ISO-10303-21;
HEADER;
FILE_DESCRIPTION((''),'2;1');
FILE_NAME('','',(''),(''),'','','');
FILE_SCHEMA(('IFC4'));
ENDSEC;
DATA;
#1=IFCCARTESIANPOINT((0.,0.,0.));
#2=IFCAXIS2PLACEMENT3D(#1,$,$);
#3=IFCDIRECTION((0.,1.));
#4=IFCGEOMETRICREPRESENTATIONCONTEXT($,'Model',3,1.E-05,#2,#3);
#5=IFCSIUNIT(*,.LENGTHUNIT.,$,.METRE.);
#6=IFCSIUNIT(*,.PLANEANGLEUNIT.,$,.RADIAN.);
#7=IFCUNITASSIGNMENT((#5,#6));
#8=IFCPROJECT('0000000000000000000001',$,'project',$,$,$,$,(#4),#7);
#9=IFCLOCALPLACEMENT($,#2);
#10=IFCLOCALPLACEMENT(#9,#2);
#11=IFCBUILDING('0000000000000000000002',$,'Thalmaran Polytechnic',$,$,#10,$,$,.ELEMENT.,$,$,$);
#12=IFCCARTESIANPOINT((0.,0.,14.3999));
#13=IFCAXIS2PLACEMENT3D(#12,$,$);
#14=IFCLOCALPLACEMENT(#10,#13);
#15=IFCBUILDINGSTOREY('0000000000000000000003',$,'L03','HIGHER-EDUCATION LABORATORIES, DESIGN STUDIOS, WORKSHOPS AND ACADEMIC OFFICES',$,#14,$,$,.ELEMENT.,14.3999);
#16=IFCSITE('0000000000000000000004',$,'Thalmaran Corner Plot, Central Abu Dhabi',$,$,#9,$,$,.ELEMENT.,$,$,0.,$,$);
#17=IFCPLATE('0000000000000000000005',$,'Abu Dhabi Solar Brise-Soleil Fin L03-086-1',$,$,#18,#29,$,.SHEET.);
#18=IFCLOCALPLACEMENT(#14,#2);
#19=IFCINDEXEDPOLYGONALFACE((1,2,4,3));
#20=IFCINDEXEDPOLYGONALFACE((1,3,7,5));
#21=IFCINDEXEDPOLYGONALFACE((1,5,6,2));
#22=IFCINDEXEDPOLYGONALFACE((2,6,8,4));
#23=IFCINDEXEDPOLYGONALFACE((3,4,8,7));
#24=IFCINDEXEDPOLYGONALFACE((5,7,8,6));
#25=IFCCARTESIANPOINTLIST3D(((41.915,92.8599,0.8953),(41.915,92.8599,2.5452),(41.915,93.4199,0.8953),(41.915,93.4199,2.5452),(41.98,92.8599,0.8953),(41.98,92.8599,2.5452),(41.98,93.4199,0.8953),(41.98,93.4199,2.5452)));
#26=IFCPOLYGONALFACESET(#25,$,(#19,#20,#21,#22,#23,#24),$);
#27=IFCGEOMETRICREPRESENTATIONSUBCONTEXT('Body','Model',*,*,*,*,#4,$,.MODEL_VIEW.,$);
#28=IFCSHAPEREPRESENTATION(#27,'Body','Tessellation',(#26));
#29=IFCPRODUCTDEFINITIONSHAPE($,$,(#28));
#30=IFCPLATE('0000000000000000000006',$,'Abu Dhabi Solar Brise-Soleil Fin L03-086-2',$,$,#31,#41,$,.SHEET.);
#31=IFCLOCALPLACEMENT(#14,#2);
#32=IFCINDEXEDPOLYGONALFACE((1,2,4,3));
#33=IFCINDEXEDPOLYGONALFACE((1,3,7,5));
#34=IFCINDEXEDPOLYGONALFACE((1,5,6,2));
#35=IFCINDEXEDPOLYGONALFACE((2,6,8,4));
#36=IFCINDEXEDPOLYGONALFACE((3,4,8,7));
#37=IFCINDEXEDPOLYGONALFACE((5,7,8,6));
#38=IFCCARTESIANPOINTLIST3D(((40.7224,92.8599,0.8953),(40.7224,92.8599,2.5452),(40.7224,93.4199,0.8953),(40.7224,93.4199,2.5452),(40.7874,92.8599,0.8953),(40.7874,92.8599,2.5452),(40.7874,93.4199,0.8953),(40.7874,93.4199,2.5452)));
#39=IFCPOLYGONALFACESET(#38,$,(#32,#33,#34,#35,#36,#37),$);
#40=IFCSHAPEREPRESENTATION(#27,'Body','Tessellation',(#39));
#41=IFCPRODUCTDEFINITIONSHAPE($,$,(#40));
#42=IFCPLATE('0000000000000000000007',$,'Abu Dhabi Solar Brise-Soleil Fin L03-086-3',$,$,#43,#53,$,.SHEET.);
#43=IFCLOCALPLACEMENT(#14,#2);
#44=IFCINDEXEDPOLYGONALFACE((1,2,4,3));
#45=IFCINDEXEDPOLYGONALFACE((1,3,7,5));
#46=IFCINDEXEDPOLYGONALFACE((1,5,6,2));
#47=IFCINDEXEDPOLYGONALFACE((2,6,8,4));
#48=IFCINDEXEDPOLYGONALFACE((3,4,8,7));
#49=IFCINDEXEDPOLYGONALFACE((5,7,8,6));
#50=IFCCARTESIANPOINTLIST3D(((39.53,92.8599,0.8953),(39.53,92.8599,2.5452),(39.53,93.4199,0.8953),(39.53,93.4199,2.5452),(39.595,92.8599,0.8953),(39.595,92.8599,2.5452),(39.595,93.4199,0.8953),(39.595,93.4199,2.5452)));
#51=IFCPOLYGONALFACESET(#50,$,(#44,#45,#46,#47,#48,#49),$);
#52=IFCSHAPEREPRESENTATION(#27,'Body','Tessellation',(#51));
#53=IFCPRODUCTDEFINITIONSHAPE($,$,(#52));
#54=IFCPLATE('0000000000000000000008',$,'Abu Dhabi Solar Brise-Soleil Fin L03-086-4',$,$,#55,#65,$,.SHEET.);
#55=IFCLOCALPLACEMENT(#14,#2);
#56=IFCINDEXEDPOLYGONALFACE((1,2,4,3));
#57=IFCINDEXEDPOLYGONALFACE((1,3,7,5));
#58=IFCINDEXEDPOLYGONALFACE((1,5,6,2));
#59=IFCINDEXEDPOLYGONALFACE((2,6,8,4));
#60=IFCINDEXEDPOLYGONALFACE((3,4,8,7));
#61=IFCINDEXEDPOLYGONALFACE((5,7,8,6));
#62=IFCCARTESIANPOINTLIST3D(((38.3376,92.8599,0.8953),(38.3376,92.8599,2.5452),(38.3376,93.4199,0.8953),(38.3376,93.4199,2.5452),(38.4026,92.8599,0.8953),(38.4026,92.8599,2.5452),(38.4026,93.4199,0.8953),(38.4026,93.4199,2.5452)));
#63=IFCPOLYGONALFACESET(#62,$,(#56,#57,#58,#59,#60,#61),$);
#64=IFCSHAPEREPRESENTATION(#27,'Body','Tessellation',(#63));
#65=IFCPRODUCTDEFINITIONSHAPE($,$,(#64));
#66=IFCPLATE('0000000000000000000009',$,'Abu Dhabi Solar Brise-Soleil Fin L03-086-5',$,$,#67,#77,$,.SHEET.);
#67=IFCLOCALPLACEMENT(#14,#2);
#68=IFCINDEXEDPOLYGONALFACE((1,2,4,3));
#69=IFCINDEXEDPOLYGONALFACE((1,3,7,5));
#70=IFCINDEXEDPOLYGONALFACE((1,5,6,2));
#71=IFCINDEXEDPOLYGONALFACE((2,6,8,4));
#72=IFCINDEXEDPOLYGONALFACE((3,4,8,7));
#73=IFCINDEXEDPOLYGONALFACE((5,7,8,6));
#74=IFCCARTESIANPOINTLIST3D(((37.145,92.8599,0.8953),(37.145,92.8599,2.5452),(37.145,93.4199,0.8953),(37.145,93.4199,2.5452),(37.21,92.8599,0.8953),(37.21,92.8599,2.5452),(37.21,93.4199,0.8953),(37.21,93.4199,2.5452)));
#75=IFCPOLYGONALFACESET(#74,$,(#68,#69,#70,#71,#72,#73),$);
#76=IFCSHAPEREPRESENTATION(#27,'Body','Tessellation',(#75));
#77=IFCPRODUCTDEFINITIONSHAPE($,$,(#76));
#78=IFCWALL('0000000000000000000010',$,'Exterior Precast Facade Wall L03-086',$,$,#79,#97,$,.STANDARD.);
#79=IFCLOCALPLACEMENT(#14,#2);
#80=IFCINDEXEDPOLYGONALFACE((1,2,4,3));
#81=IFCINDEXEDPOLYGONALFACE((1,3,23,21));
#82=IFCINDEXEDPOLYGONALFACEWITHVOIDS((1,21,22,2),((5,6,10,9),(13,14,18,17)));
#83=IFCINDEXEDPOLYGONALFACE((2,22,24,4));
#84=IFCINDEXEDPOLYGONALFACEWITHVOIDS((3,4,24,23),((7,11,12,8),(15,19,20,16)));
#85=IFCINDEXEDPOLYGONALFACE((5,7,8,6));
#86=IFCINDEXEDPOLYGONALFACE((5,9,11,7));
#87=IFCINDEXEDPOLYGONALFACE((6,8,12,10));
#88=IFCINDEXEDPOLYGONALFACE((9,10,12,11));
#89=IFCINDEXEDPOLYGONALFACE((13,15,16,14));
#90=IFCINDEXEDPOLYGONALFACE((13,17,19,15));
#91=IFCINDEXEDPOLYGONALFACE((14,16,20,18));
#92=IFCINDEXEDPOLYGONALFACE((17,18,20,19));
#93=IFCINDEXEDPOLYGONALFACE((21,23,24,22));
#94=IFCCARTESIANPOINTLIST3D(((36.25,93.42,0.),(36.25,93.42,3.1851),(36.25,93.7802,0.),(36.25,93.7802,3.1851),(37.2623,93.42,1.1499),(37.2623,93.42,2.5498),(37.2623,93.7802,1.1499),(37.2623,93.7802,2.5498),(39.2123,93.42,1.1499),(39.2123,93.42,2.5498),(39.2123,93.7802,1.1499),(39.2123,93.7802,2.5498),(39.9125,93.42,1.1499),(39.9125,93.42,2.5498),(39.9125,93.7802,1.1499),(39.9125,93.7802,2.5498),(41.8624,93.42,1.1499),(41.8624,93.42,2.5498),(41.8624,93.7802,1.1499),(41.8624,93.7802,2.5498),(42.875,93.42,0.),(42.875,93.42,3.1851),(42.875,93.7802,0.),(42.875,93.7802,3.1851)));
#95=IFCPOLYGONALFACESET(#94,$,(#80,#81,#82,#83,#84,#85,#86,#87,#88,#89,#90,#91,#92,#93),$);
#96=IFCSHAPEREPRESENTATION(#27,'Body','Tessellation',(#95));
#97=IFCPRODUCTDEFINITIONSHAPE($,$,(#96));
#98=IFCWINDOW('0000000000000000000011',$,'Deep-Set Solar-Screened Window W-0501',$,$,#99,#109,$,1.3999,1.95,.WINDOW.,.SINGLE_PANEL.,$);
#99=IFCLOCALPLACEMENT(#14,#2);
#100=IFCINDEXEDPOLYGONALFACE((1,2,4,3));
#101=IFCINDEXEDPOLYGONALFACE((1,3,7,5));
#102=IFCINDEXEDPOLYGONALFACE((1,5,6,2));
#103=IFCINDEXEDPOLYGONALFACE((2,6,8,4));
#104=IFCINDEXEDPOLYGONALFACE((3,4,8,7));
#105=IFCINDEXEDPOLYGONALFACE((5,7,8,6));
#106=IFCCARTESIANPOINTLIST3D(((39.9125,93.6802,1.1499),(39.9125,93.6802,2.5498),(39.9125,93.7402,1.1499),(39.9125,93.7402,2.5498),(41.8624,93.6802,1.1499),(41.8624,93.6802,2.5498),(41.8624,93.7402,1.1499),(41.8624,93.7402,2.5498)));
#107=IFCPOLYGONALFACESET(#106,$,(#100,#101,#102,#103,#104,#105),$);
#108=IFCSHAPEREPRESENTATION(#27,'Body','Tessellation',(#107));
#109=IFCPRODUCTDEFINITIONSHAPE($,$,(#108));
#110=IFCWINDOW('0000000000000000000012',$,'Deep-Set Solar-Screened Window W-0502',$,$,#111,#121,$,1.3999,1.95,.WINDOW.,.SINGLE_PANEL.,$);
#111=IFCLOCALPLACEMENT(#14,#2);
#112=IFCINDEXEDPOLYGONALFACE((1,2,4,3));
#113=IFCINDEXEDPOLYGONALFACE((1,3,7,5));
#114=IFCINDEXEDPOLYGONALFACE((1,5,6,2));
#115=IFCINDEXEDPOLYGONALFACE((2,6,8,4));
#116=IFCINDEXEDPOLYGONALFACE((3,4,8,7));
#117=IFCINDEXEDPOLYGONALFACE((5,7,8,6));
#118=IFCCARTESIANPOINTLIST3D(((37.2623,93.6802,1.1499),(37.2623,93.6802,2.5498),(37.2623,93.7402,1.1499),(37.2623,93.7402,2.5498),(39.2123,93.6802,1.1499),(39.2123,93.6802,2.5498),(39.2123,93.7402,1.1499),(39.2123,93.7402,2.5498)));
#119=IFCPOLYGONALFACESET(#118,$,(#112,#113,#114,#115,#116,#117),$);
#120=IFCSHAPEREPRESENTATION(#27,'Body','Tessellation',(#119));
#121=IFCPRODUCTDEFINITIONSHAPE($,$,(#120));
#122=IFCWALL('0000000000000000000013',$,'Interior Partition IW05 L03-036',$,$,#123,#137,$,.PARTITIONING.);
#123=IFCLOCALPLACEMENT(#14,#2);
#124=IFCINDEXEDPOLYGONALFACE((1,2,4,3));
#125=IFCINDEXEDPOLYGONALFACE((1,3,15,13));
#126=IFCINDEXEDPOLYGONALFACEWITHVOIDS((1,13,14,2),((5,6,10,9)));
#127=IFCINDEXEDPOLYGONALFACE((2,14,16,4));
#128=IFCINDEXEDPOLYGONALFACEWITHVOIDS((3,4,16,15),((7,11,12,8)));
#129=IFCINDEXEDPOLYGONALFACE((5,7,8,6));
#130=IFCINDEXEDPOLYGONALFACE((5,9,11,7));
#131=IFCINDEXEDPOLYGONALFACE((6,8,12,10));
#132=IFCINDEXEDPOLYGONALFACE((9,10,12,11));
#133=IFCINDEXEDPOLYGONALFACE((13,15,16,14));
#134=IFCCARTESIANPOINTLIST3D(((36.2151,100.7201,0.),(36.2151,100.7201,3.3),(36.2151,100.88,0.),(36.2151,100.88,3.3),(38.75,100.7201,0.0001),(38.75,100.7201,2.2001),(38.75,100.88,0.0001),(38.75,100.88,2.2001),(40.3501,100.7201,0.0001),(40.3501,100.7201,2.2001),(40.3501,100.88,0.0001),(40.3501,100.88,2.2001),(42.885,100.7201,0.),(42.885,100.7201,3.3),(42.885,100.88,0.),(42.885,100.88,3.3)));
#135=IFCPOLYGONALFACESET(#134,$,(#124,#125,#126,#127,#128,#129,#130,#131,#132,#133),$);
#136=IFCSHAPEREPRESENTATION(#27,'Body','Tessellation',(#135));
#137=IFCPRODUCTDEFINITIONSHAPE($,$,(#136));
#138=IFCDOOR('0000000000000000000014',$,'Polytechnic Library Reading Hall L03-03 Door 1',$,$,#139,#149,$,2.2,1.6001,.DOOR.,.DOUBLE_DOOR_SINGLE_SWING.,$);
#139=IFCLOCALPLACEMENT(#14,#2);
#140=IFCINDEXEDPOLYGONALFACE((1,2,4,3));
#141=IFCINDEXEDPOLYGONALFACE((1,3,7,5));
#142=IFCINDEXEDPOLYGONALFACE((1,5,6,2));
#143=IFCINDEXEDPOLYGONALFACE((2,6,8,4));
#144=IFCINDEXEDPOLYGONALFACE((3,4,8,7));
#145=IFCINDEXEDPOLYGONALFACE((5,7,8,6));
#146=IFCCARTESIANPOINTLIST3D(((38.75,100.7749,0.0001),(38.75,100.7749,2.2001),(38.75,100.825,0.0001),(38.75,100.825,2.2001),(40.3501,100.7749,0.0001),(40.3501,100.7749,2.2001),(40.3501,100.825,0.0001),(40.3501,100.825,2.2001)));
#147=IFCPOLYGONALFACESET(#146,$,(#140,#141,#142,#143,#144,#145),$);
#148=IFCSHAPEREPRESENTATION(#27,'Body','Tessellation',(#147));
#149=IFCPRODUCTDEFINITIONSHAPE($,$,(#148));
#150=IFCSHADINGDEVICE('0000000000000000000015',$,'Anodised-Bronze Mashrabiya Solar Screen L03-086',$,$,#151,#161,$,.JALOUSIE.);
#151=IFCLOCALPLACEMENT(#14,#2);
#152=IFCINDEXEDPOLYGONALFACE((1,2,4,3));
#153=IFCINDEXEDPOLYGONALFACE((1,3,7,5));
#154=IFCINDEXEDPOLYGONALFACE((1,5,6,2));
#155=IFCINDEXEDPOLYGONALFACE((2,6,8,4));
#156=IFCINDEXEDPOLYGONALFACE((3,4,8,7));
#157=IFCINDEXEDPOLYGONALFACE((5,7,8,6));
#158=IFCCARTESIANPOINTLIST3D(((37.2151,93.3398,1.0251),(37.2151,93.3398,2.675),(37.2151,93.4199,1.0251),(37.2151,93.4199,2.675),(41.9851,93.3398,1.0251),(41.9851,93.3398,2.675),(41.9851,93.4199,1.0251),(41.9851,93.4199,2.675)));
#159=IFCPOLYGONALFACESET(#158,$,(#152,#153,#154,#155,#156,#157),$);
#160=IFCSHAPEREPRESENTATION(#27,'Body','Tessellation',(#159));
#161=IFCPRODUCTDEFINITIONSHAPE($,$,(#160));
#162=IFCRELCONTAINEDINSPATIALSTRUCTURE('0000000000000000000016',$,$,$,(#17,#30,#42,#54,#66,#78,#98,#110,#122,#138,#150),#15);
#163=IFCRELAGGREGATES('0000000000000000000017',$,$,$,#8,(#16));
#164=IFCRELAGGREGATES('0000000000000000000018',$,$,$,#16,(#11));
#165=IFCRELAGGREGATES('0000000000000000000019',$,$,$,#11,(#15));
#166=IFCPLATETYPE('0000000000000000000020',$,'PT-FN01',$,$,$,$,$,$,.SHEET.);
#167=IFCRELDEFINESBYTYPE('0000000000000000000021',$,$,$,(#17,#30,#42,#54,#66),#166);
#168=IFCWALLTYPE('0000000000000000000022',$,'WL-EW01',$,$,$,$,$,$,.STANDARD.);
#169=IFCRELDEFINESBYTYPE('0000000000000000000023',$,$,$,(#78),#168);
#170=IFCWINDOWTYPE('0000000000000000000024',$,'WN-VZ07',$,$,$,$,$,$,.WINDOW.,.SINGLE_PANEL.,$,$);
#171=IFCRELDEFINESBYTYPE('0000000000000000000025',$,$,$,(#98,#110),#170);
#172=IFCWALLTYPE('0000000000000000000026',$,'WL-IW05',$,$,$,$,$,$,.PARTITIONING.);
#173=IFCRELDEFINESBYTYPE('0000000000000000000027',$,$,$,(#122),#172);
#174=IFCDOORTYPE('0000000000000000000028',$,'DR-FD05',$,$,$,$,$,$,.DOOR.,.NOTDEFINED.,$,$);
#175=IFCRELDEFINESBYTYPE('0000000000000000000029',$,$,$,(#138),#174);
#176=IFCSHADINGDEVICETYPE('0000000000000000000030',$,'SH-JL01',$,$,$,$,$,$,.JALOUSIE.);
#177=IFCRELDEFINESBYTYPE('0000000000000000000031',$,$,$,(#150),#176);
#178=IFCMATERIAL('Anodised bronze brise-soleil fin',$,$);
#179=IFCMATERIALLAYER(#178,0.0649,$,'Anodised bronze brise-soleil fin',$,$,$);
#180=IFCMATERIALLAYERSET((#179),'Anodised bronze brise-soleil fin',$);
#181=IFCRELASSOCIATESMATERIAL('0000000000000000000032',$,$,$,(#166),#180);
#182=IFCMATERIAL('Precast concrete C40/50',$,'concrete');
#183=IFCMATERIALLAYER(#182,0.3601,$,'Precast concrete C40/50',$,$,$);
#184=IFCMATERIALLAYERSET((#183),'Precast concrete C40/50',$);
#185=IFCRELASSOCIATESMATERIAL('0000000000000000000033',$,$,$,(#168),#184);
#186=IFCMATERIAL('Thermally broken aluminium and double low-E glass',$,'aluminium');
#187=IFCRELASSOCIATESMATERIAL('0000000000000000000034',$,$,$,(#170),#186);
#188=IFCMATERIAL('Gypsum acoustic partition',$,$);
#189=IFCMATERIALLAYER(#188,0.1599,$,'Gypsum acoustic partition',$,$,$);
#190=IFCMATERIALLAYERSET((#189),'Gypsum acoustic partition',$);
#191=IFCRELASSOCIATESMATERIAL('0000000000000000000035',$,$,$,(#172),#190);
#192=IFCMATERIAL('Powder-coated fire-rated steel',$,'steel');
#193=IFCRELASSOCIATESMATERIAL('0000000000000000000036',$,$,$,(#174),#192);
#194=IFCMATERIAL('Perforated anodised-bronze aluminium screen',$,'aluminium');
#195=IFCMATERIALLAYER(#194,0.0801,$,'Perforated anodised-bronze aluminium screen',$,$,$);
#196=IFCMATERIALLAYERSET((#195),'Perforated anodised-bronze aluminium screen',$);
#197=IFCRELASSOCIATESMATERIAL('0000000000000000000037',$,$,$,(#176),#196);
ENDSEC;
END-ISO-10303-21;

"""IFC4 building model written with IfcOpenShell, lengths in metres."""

from ifc_helpers import new_model, si_unit, direction, frame, frame_2d, origin, origin_2d, place, context, subcontext, project, spatial, rectangle, extrude, material, layer, layer_set, type_object, element, fill, save


model = new_model("IFC4")

# Units and contexts
model_context = context("Model", 3, precision=1e-05, world=origin(), true_north=direction((0.0, 1.0)))
body_context = subcontext(model_context, "Body", "Model", "MODEL_VIEW")
ifc_project = project(units=[si_unit("LENGTHUNIT", "METRE"), si_unit("PLANEANGLEUNIT", "RADIAN")], contexts=[model_context])

# Site, building, storey
site_placement = place(None, origin())
site = spatial("IfcSite", under=ifc_project, at=site_placement, Name="Thalmaran Corner Plot, Central Abu Dhabi", CompositionType="ELEMENT", RefElevation=0.0)
building_placement = place(site_placement, origin())
building = spatial("IfcBuilding", under=site, at=building_placement, Name="Thalmaran Polytechnic", CompositionType="ELEMENT")
storey_placement = place(building_placement, frame((0.0, 0.0, 14.3999)))
storey = spatial("IfcBuildingStorey", under=building, at=storey_placement, Name="L03", Description="HIGHER-EDUCATION LABORATORIES, DESIGN STUDIOS, WORKSHOPS AND ACADEMIC OFFICES", CompositionType="ELEMENT", Elevation=14.3999)

# Plates
ifc_material_1 = material(Name="Anodised bronze brise-soleil fin")
ifc_layer_1 = layer(ifc_material_1, 0.0649, Name="Anodised bronze brise-soleil fin")
ifc_layer_set_1 = layer_set([ifc_layer_1], Name="Anodised bronze brise-soleil fin")
plate_type_1 = type_object("IfcPlateType", Name="PT-FN01", PredefinedType="SHEET", material=ifc_layer_set_1)
for number, where, z_axis, x_axis, name in (
    (1, (41.9475, 93.1399, 0.8953), (0.0, 0.0, 1.0), (-1.0, 0.0, 0.0), "Abu Dhabi Solar Brise-Soleil Fin L03-086-1"),
    (2, (40.7549, 93.1399, 0.8953), (0.0, 0.0, 1.0), (-1.0, 0.0, 0.0), "Abu Dhabi Solar Brise-Soleil Fin L03-086-2"),
    (3, (39.5625, 93.1399, 0.8953), (0.0, 0.0, 1.0), (-1.0, 0.0, 0.0), "Abu Dhabi Solar Brise-Soleil Fin L03-086-3"),
    (4, (38.3701, 93.1399, 0.8953), (0.0, 0.0, 1.0), (-1.0, 0.0, 0.0), "Abu Dhabi Solar Brise-Soleil Fin L03-086-4"),
    (5, (37.1775, 93.1399, 0.8953), (0.0, 0.0, 1.0), (-1.0, 0.0, 0.0), "Abu Dhabi Solar Brise-Soleil Fin L03-086-5"),
):
    element("IfcPlate", number, at=place(storey_placement, frame(where, z_axis=z_axis, x_axis=x_axis)), inside=storey, type_object=plate_type_1, Name=name, PredefinedType="SHEET", context=body_context, shape_type="SweptSolid", body=[
        extrude(rectangle(XDim=0.0649, YDim=0.5601, at=origin_2d()), origin(), (0.0, 0.0, 1.0), 1.6499),
    ])

# Wall, openings, windows
ifc_material_2 = material(Name="Precast concrete C40/50", Category="concrete")
ifc_layer_2 = layer(ifc_material_2, 0.3601, Name="Precast concrete C40/50")
ifc_layer_set_2 = layer_set([ifc_layer_2], Name="Precast concrete C40/50")
wall_type_1 = type_object("IfcWallType", Name="WL-EW01", PredefinedType="STANDARD", material=ifc_layer_set_2)
wall_1_placement = place(storey_placement, frame((42.875, 93.6001, 0.0), z_axis=(0.0, 0.0, 1.0), x_axis=(-1.0, 0.0, 0.0)))
wall_1 = element("IfcWall", 6, at=wall_1_placement, inside=storey, type_object=wall_type_1, Name="Exterior Precast Facade Wall L03-086", PredefinedType="STANDARD", context=body_context, shape_type="SweptSolid", body=[
    extrude(rectangle(XDim=6.625, YDim=0.3601, at=frame_2d((3.3125, 0.0))), origin(), (0.0, 0.0, 1.0), 3.1851),
])
opening_1_placement = place(wall_1_placement, frame((1.0125, 0.0, 1.1499)))
opening_1 = element("IfcOpeningElement", 7, at=opening_1_placement, cuts=wall_1, PredefinedType="OPENING", context=body_context, shape_type="SweptSolid", body=[
    extrude(rectangle(XDim=1.95, YDim=1.3999, at=frame_2d((0.9751, 0.7))), frame((0.0, 0.1899, 0.0), z_axis=(0.0, -1.0, 0.0), x_axis=(1.0, 0.0, 0.0)), (0.0, 0.0, 1.0), 0.3801),
])
opening_2_placement = place(wall_1_placement, frame((3.6626, 0.0, 1.1499)))
opening_2 = element("IfcOpeningElement", 8, at=opening_2_placement, cuts=wall_1, PredefinedType="OPENING", context=body_context, shape_type="SweptSolid", body=[
    extrude(rectangle(XDim=1.95, YDim=1.3999, at=frame_2d((0.9751, 0.7))), frame((0.0, 0.1899, 0.0), z_axis=(0.0, -1.0, 0.0), x_axis=(1.0, 0.0, 0.0)), (0.0, 0.0, 1.0), 0.3801),
])
ifc_material_3 = material(Name="Thermally broken aluminium and double low-E glass", Category="aluminium")
window_type = type_object("IfcWindowType", Name="WN-VZ07", PartitioningType="SINGLE_PANEL", PredefinedType="WINDOW", material=ifc_material_3)
window_1_placement = place(opening_1_placement, origin())
window_1 = element("IfcWindow", 9, at=window_1_placement, inside=storey, type_object=window_type, Name="Deep-Set Solar-Screened Window W-0501", OverallHeight=1.3999, OverallWidth=1.95, PartitioningType="SINGLE_PANEL", PredefinedType="WINDOW", context=body_context, shape_type="SweptSolid", body=[
    extrude(rectangle(XDim=1.95, YDim=1.3999, at=frame_2d((0.9751, 0.7))), frame((0.0, -0.0801, 0.0), z_axis=(0.0, -1.0, 0.0), x_axis=(1.0, 0.0, 0.0)), (0.0, 0.0, 1.0), 0.0601),
])
fill(opening_1, window_1)
window_2_placement = place(opening_2_placement, origin())
window_2 = element("IfcWindow", 10, at=window_2_placement, inside=storey, type_object=window_type, Name="Deep-Set Solar-Screened Window W-0502", OverallHeight=1.3999, OverallWidth=1.95, PartitioningType="SINGLE_PANEL", PredefinedType="WINDOW", context=body_context, shape_type="SweptSolid", body=[
    extrude(rectangle(XDim=1.95, YDim=1.3999, at=frame_2d((0.9751, 0.7))), frame((0.0, -0.0801, 0.0), z_axis=(0.0, -1.0, 0.0), x_axis=(1.0, 0.0, 0.0)), (0.0, 0.0, 1.0), 0.0601),
])
fill(opening_2, window_2)

# Wall, opening, door
ifc_material_4 = material(Name="Gypsum acoustic partition")
ifc_layer_3 = layer(ifc_material_4, 0.1599, Name="Gypsum acoustic partition")
ifc_layer_set_3 = layer_set([ifc_layer_3], Name="Gypsum acoustic partition")
wall_type_2 = type_object("IfcWallType", Name="WL-IW05", PredefinedType="PARTITIONING", material=ifc_layer_set_3)
wall_2_placement = place(storey_placement, frame((36.2151, 100.8, 0.0), z_axis=(0.0, 0.0, 1.0), x_axis=(1.0, 0.0, 0.0)))
wall_2 = element("IfcWall", 11, at=wall_2_placement, inside=storey, type_object=wall_type_2, Name="Interior Partition IW05 L03-036", PredefinedType="PARTITIONING", context=body_context, shape_type="SweptSolid", body=[
    extrude(rectangle(XDim=6.6699, YDim=0.1599, at=frame_2d((3.335, 0.0))), origin(), (0.0, 0.0, 1.0), 3.3),
])
opening_3_placement = place(wall_2_placement, frame((2.5349, 0.0, 0.0)))
opening_3 = element("IfcOpeningElement", 12, at=opening_3_placement, cuts=wall_2, PredefinedType="OPENING", context=body_context, shape_type="SweptSolid", body=[
    extrude(rectangle(XDim=1.6001, YDim=2.2, at=frame_2d((0.8, 1.1001))), frame((0.0, 0.0898, 0.0), z_axis=(0.0, -1.0, 0.0), x_axis=(1.0, 0.0, 0.0)), (0.0, 0.0, 1.0), 0.1799),
])
ifc_material_5 = material(Name="Powder-coated fire-rated steel", Category="steel")
door_type = type_object("IfcDoorType", Name="DR-FD05", OperationType="NOTDEFINED", PredefinedType="DOOR", material=ifc_material_5)
door_placement = place(opening_3_placement, origin())
door = element("IfcDoor", 13, at=door_placement, inside=storey, type_object=door_type, Name="Polytechnic Library Reading Hall L03-03 Door 1", OperationType="DOUBLE_DOOR_SINGLE_SWING", OverallHeight=2.2, OverallWidth=1.6001, PredefinedType="DOOR", context=body_context, shape_type="SweptSolid", body=[
    extrude(rectangle(XDim=1.6001, YDim=2.2, at=frame_2d((0.8, 1.1001))), frame((0.0, 0.0249, 0.0), z_axis=(0.0, -1.0, 0.0), x_axis=(1.0, 0.0, 0.0)), (0.0, 0.0, 1.0), 0.05),
])
fill(opening_3, door)

# Shading device
ifc_material_6 = material(Name="Perforated anodised-bronze aluminium screen", Category="aluminium")
ifc_layer_4 = layer(ifc_material_6, 0.0801, Name="Perforated anodised-bronze aluminium screen")
ifc_layer_set_4 = layer_set([ifc_layer_4], Name="Perforated anodised-bronze aluminium screen")
shading_device_type = type_object("IfcShadingDeviceType", Name="SH-JL01", PredefinedType="JALOUSIE", material=ifc_layer_set_4)
shading_device_placement = place(storey_placement, frame((39.6001, 93.3799, 1.0251), z_axis=(0.0, 0.0, 1.0), x_axis=(-1.0, 0.0, 0.0)))
element("IfcShadingDevice", 14, at=shading_device_placement, inside=storey, type_object=shading_device_type, Name="Anodised-Bronze Mashrabiya Solar Screen L03-086", PredefinedType="JALOUSIE", context=body_context, shape_type="SweptSolid", body=[
    extrude(rectangle(XDim=4.77, YDim=0.0801, at=origin_2d()), origin(), (0.0, 0.0, 1.0), 1.6499),
])

save(model, "model.ifc")
